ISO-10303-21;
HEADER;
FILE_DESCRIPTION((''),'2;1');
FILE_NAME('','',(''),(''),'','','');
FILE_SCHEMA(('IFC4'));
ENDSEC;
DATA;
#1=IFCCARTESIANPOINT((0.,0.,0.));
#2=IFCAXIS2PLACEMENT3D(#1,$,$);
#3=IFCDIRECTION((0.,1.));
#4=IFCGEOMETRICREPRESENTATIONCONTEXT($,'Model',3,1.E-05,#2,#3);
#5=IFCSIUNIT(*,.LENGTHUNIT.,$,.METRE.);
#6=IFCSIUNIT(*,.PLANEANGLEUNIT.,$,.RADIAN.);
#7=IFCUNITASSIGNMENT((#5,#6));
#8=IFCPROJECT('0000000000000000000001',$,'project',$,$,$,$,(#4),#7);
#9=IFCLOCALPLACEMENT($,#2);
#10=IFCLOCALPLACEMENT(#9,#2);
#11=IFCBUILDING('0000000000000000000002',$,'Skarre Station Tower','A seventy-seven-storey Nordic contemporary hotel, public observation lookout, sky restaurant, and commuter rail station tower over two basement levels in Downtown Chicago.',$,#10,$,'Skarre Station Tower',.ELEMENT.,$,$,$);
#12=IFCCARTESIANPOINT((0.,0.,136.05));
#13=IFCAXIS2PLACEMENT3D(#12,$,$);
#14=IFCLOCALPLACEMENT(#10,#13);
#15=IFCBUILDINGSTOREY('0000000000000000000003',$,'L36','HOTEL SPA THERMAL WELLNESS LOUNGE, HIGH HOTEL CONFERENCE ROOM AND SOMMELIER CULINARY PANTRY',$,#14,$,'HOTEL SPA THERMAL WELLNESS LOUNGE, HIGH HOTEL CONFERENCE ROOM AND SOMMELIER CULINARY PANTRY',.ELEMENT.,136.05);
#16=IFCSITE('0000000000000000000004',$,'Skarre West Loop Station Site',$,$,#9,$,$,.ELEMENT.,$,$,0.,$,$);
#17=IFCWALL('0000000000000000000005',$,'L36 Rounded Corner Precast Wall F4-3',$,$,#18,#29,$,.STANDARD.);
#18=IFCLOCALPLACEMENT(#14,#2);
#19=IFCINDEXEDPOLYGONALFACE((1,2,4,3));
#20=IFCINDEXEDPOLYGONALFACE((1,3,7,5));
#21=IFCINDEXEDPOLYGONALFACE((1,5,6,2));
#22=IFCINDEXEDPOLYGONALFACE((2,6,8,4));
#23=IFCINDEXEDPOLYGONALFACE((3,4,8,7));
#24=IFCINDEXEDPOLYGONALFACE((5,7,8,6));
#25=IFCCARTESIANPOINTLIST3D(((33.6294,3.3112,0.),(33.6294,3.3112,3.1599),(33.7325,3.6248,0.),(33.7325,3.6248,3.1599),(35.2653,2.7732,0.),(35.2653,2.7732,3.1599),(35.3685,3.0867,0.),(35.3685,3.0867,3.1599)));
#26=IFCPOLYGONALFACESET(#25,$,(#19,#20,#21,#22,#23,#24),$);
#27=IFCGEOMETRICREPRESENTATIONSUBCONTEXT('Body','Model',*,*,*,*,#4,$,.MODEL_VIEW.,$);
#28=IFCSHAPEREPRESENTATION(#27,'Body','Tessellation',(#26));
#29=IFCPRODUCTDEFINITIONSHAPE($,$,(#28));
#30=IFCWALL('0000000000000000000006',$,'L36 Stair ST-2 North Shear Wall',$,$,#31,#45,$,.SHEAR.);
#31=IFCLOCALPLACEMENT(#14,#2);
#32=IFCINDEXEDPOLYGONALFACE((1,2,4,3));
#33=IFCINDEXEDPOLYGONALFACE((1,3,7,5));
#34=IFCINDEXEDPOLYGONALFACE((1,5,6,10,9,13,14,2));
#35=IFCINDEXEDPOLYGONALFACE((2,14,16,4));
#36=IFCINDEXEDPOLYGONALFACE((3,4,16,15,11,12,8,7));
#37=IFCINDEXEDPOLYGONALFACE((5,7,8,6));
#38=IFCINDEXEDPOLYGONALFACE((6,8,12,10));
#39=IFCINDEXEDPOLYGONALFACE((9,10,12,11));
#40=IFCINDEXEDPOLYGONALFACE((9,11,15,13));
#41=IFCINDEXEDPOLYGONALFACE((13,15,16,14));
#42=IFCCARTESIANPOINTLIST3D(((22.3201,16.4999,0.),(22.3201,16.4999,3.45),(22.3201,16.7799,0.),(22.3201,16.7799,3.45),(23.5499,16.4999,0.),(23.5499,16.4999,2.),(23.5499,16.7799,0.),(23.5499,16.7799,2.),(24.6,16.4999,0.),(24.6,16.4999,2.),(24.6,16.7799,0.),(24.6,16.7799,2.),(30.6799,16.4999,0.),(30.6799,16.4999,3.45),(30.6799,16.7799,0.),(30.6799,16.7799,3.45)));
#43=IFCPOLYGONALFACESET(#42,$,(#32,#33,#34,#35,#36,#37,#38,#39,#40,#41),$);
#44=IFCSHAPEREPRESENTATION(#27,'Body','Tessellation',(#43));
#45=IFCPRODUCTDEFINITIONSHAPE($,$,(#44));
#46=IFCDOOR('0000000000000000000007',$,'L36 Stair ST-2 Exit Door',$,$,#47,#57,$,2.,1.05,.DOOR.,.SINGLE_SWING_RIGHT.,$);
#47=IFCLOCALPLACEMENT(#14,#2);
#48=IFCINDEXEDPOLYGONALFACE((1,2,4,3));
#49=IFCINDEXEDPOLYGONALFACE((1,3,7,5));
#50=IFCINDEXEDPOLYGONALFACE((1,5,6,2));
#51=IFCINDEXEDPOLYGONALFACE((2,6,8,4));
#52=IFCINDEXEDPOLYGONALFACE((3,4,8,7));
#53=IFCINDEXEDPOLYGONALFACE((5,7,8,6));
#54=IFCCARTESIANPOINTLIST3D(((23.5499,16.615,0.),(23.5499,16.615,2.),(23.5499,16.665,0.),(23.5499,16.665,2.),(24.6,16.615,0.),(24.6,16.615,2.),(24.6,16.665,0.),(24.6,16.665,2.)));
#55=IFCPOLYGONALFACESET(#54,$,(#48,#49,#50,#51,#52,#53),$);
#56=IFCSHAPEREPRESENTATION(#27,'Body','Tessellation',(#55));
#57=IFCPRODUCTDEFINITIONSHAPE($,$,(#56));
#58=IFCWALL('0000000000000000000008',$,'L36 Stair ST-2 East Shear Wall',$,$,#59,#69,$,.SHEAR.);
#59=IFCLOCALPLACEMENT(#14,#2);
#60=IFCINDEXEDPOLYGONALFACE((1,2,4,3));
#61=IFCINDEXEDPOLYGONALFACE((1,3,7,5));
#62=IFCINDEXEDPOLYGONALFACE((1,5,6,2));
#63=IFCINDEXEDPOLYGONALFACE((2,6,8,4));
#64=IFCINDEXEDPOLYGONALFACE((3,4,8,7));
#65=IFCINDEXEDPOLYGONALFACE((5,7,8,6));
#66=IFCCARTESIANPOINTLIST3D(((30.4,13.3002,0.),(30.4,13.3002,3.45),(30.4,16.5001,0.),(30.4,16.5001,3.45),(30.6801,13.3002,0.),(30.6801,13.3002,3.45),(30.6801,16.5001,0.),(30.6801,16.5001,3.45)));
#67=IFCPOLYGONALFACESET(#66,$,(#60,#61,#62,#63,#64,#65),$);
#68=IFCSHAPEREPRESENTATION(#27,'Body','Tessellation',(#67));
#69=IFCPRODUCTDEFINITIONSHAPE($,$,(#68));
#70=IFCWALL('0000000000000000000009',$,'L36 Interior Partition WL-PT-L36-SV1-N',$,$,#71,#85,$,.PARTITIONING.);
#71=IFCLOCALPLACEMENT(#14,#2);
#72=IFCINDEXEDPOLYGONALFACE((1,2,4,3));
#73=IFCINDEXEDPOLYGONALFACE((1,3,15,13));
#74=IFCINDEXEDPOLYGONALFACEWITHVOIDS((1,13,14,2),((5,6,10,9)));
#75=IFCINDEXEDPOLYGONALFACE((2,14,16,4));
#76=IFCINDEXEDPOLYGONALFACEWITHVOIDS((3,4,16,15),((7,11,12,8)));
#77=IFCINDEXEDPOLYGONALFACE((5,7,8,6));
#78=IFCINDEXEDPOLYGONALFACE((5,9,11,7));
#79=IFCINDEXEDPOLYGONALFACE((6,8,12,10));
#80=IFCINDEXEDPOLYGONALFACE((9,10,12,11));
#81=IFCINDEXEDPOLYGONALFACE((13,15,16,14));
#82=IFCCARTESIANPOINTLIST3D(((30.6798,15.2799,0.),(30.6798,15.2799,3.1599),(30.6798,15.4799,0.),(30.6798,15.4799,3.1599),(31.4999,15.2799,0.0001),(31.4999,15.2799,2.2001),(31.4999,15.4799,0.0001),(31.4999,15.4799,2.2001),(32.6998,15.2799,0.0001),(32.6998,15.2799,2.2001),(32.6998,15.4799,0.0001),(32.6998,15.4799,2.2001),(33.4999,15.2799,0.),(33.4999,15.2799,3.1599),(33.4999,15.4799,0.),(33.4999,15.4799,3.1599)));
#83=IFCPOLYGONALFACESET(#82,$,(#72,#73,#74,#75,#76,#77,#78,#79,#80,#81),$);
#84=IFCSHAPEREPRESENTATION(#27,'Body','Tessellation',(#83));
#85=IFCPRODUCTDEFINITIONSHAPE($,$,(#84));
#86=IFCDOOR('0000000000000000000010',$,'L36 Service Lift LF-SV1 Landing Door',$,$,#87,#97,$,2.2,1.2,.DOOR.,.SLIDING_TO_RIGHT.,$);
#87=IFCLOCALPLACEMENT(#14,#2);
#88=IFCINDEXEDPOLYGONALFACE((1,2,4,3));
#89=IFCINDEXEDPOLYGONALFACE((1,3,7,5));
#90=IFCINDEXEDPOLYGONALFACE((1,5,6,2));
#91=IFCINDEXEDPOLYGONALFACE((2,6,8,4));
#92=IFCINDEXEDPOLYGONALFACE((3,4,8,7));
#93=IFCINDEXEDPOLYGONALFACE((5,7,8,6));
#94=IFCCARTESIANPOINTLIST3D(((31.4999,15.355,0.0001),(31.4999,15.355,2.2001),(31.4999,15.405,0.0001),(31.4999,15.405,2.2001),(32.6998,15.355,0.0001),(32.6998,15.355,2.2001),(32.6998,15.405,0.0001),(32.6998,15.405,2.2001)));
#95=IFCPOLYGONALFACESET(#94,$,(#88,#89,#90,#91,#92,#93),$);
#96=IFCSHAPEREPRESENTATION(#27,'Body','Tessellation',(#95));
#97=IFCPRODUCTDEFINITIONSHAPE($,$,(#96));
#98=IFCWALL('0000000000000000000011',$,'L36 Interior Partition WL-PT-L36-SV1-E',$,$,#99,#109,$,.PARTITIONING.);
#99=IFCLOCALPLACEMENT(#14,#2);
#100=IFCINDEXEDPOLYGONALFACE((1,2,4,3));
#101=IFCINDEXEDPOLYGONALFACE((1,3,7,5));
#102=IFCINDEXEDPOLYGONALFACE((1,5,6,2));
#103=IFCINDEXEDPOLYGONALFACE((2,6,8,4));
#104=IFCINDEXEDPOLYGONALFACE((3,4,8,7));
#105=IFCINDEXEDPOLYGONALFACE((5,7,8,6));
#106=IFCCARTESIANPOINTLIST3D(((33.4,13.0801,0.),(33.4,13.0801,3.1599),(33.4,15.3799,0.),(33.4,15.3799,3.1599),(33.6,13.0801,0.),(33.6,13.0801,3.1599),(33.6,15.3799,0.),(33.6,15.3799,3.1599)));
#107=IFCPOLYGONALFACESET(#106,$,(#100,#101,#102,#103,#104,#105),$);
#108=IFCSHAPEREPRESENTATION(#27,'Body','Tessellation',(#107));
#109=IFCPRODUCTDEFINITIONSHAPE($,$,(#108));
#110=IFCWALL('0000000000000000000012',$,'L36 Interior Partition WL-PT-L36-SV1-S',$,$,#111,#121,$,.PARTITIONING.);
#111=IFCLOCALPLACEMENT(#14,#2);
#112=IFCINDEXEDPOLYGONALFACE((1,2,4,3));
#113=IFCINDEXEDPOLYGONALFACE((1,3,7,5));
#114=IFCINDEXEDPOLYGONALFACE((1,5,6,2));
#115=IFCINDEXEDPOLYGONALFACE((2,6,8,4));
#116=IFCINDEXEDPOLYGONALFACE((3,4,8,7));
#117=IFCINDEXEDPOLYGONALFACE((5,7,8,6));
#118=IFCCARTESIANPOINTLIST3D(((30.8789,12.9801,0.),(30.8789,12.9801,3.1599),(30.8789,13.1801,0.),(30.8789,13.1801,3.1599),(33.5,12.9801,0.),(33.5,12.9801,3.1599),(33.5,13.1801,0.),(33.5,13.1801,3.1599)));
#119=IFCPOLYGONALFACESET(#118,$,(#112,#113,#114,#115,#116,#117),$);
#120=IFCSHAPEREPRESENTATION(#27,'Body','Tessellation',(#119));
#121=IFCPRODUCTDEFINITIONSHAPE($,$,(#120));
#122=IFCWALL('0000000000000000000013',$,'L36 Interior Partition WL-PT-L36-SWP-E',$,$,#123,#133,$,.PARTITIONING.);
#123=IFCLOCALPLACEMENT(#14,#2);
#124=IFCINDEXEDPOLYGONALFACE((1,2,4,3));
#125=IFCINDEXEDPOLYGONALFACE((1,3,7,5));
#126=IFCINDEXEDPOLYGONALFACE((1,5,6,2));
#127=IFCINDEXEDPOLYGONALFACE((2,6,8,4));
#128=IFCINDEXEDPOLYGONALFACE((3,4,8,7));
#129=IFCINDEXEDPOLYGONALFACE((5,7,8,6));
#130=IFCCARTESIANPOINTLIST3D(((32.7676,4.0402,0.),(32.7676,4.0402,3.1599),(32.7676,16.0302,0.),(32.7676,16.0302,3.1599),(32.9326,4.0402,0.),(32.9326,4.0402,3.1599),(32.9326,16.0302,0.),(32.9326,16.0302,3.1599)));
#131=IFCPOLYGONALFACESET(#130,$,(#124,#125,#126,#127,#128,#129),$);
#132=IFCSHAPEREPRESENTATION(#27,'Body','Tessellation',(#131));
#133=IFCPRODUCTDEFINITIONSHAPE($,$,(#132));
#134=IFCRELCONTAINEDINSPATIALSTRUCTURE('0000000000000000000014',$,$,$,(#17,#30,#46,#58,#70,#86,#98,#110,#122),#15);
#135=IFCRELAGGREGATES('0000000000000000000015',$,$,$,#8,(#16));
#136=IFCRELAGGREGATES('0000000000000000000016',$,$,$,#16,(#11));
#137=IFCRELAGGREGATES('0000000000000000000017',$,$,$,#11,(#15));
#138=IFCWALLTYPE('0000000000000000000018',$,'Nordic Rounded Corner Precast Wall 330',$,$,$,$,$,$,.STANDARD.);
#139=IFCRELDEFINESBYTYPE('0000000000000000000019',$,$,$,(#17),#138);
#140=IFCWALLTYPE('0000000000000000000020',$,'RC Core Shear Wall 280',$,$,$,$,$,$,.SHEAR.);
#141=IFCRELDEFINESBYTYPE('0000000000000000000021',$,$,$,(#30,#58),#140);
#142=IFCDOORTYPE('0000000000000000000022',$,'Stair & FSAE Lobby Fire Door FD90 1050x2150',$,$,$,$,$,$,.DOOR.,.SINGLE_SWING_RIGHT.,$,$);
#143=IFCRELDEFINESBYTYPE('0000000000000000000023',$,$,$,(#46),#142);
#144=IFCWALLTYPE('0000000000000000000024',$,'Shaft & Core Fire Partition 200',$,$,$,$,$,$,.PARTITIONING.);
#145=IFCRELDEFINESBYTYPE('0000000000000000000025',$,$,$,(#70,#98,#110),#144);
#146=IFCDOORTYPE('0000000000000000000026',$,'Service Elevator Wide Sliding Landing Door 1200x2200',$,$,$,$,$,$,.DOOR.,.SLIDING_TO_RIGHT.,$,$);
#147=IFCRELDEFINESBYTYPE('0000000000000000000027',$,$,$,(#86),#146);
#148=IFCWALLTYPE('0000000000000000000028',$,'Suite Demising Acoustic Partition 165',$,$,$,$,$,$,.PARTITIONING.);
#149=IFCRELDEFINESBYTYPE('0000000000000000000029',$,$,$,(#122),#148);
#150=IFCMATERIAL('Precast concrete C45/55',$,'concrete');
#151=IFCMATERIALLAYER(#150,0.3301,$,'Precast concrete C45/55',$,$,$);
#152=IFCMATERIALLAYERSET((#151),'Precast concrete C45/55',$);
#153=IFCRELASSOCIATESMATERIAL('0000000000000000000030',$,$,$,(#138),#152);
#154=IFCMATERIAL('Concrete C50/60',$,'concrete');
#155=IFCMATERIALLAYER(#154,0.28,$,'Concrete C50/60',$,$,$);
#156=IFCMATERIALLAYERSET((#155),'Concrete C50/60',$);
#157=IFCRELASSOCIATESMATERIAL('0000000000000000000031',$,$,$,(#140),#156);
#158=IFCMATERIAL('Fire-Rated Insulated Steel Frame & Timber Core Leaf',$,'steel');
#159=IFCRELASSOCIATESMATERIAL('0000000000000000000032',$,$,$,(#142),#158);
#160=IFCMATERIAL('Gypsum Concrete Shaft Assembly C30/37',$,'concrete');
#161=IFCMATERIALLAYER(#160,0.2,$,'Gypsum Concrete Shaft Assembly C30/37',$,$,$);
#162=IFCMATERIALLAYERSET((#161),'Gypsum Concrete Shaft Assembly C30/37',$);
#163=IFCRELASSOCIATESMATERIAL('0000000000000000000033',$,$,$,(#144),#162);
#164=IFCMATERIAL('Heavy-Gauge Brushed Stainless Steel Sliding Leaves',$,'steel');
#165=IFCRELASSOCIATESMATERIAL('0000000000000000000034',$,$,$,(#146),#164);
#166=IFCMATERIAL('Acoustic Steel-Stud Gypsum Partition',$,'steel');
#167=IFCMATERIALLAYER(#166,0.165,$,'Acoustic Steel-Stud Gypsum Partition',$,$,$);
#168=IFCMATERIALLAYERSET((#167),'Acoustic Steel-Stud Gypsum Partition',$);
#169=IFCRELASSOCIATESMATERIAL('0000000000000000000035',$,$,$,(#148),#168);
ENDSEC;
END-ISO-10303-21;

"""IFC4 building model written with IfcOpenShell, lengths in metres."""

from ifc_helpers import new_model, si_unit, direction, frame, frame_2d, origin, place, context, subcontext, project, spatial, rectangle, extrude, material, layer, layer_set, type_object, element, fill, save


model = new_model("IFC4")

# Units and contexts
model_context = context("Model", 3, precision=1e-05, world=origin(), true_north=direction((0.0, 1.0)))
body_context = subcontext(model_context, "Body", "Model", "MODEL_VIEW")
ifc_project = project(units=[si_unit("LENGTHUNIT", "METRE"), si_unit("PLANEANGLEUNIT", "RADIAN")], contexts=[model_context])

# Site, building, storey
site_placement = place(None, origin())
site = spatial("IfcSite", under=ifc_project, at=site_placement, Name="Skarre West Loop Station Site", CompositionType="ELEMENT", RefElevation=0.0)
building_placement = place(site_placement, origin())
building = spatial("IfcBuilding", under=site, at=building_placement, Name="Skarre Station Tower", Description="A seventy-seven-storey Nordic contemporary hotel, public observation lookout, sky restaurant, and commuter rail station tower over two basement levels in Downtown Chicago.", LongName="Skarre Station Tower", CompositionType="ELEMENT")
storey_placement = place(building_placement, frame((0.0, 0.0, 136.05)))
storey = spatial("IfcBuildingStorey", under=building, at=storey_placement, Name="L36", Description="HOTEL SPA THERMAL WELLNESS LOUNGE, HIGH HOTEL CONFERENCE ROOM AND SOMMELIER CULINARY PANTRY", LongName="HOTEL SPA THERMAL WELLNESS LOUNGE, HIGH HOTEL CONFERENCE ROOM AND SOMMELIER CULINARY PANTRY", CompositionType="ELEMENT", Elevation=136.05)

# Shared definitions
ifc_material_1 = material(Name="Acoustic Steel-Stud Gypsum Partition", Category="steel")

# Shared definitions
ifc_material_2 = material(Name="Precast concrete C45/55", Category="concrete")

# Wall
ifc_layer_1 = layer(ifc_material_2, 0.3301, Name="Precast concrete C45/55")
ifc_layer_set_1 = layer_set([ifc_layer_1], Name="Precast concrete C45/55")
wall_type_1 = type_object("IfcWallType", Name="Nordic Rounded Corner Precast Wall 330", PredefinedType="STANDARD", material=ifc_layer_set_1)
for number, where, z_axis, x_axis, name in (
    (1, (35.3169, 2.9299, 0.0), (0.0, 0.0, 1.0), (-0.949937, 0.31244, 0.0), "L36 Rounded Corner Precast Wall F4-3"),
):
    element("IfcWall", number, at=place(storey_placement, frame(where, z_axis=z_axis, x_axis=x_axis)), inside=storey, type_object=wall_type_1, Name=name, PredefinedType="STANDARD", context=body_context, shape_type="SweptSolid", body=[
        extrude(rectangle(XDim=1.7222, YDim=0.3301, at=frame_2d((0.8611, 0.0))), origin(), (0.0, 0.0, 1.0), 3.1599),
    ])

# Wall, opening, door
ifc_material_3 = material(Name="Concrete C50/60", Category="concrete")
ifc_layer_2 = layer(ifc_material_3, 0.28, Name="Concrete C50/60")
ifc_layer_set_2 = layer_set([ifc_layer_2], Name="Concrete C50/60")
wall_type_2 = type_object("IfcWallType", Name="RC Core Shear Wall 280", PredefinedType="SHEAR", material=ifc_layer_set_2)
wall_1_placement = place(storey_placement, frame((30.6799, 16.6399, 0.0), z_axis=(0.0, 0.0, 1.0), x_axis=(-1.0, 0.0, 0.0)))
wall_1 = element("IfcWall", 2, at=wall_1_placement, inside=storey, type_object=wall_type_2, Name="L36 Stair ST-2 North Shear Wall", PredefinedType="SHEAR", context=body_context, shape_type="SweptSolid", body=[
    extrude(rectangle(XDim=8.3599, YDim=0.28, at=frame_2d((4.1799, 0.0))), origin(), (0.0, 0.0, 1.0), 3.45),
])
opening_1_placement = place(wall_1_placement, frame((6.0801, 0.0, 0.0)))
opening_1 = element("IfcOpeningElement", 3, at=opening_1_placement, cuts=wall_1, PredefinedType="OPENING", context=body_context, shape_type="SweptSolid", body=[
    extrude(rectangle(XDim=1.05, YDim=2.0, at=frame_2d((0.5249, 1.0))), frame((0.0, 0.1499, 0.0), z_axis=(0.0, -1.0, 0.0), x_axis=(1.0, 0.0, 0.0)), (0.0, 0.0, 1.0), 0.3),
])
ifc_material_4 = material(Name="Fire-Rated Insulated Steel Frame & Timber Core Leaf", Category="steel")
door_type_1 = type_object("IfcDoorType", Name="Stair & FSAE Lobby Fire Door FD90 1050x2150", OperationType="SINGLE_SWING_RIGHT", PredefinedType="DOOR", material=ifc_material_4)
door_1_placement = place(opening_1_placement, origin())
door_1 = element("IfcDoor", 4, at=door_1_placement, inside=storey, type_object=door_type_1, Name="L36 Stair ST-2 Exit Door", OperationType="SINGLE_SWING_RIGHT", OverallHeight=2.0, OverallWidth=1.05, PredefinedType="DOOR", context=body_context, shape_type="SweptSolid", body=[
    extrude(rectangle(XDim=1.05, YDim=2.0, at=frame_2d((0.5249, 1.0))), frame((0.0, 0.0249, 0.0), z_axis=(0.0, -1.0, 0.0), x_axis=(1.0, 0.0, 0.0)), (0.0, 0.0, 1.0), 0.05),
])
fill(opening_1, door_1)

# Wall
wall_2_placement = place(storey_placement, frame((30.54, 13.3, 0.0), z_axis=(0.0, 0.0, 1.0), x_axis=(0.0, 1.0, 0.0)))
element("IfcWall", 5, at=wall_2_placement, inside=storey, type_object=wall_type_2, Name="L36 Stair ST-2 East Shear Wall", PredefinedType="SHEAR", context=body_context, shape_type="SweptSolid", body=[
    extrude(rectangle(XDim=3.2, YDim=0.28, at=frame_2d((1.6001, 0.0))), origin(), (0.0, 0.0, 1.0), 3.45),
])

# Wall, opening, door
ifc_material_5 = material(Name="Gypsum Concrete Shaft Assembly C30/37", Category="concrete")
ifc_layer_3 = layer(ifc_material_5, 0.2, Name="Gypsum Concrete Shaft Assembly C30/37")
ifc_layer_set_3 = layer_set([ifc_layer_3], Name="Gypsum Concrete Shaft Assembly C30/37")
wall_type_3 = type_object("IfcWallType", Name="Shaft & Core Fire Partition 200", PredefinedType="PARTITIONING", material=ifc_layer_set_3)
wall_3_placement = place(storey_placement, frame((33.5, 15.3799, 0.0), z_axis=(0.0, 0.0, 1.0), x_axis=(-1.0, 0.0, 0.0)))
wall_3 = element("IfcWall", 6, at=wall_3_placement, inside=storey, type_object=wall_type_3, Name="L36 Interior Partition WL-PT-L36-SV1-N", PredefinedType="PARTITIONING", context=body_context, shape_type="SweptSolid", body=[
    extrude(rectangle(XDim=2.8201, YDim=0.2, at=frame_2d((1.4102, 0.0))), origin(), (0.0, 0.0, 1.0), 3.1599),
])
opening_2_placement = place(wall_3_placement, frame((0.8, 0.0, 0.0)))
opening_2 = element("IfcOpeningElement", 7, at=opening_2_placement, cuts=wall_3, PredefinedType="OPENING", context=body_context, shape_type="SweptSolid", body=[
    extrude(rectangle(XDim=1.2, YDim=2.2, at=frame_2d((0.6001, 1.1001))), frame((0.0, 0.1099, 0.0), z_axis=(0.0, -1.0, 0.0), x_axis=(1.0, 0.0, 0.0)), (0.0, 0.0, 1.0), 0.22),
])
ifc_material_6 = material(Name="Heavy-Gauge Brushed Stainless Steel Sliding Leaves", Category="steel")
door_type_2 = type_object("IfcDoorType", Name="Service Elevator Wide Sliding Landing Door 1200x2200", OperationType="SLIDING_TO_RIGHT", PredefinedType="DOOR", material=ifc_material_6)
door_2_placement = place(opening_2_placement, origin())
door_2 = element("IfcDoor", 8, at=door_2_placement, inside=storey, type_object=door_type_2, Name="L36 Service Lift LF-SV1 Landing Door", OperationType="SLIDING_TO_RIGHT", OverallHeight=2.2, OverallWidth=1.2, PredefinedType="DOOR", context=body_context, shape_type="SweptSolid", body=[
    extrude(rectangle(XDim=1.2, YDim=2.2, at=frame_2d((0.6001, 1.1001))), frame((0.0, 0.0249, 0.0), z_axis=(0.0, -1.0, 0.0), x_axis=(1.0, 0.0, 0.0)), (0.0, 0.0, 1.0), 0.05),
])
fill(opening_2, door_2)

# Walls
wall_4_placement = place(storey_placement, frame((33.5, 13.0801, 0.0), z_axis=(0.0, 0.0, 1.0), x_axis=(0.0, 1.0, 0.0)))
element("IfcWall", 9, at=wall_4_placement, inside=storey, type_object=wall_type_3, Name="L36 Interior Partition WL-PT-L36-SV1-E", PredefinedType="PARTITIONING", context=body_context, shape_type="SweptSolid", body=[
    extrude(rectangle(XDim=2.2998, YDim=0.2, at=frame_2d((1.1499, 0.0))), origin(), (0.0, 0.0, 1.0), 3.1599),
])
wall_5_placement = place(storey_placement, frame((30.8789, 13.0801, 0.0), z_axis=(0.0, 0.0, 1.0), x_axis=(1.0, 0.0, 0.0)))
element("IfcWall", 10, at=wall_5_placement, inside=storey, type_object=wall_type_3, Name="L36 Interior Partition WL-PT-L36-SV1-S", PredefinedType="PARTITIONING", context=body_context, shape_type="SweptSolid", body=[
    extrude(rectangle(XDim=2.6211, YDim=0.2, at=frame_2d((1.3105, 0.0))), origin(), (0.0, 0.0, 1.0), 3.1599),
])
ifc_layer_4 = layer(ifc_material_1, 0.165, Name="Acoustic Steel-Stud Gypsum Partition")
ifc_layer_set_4 = layer_set([ifc_layer_4], Name="Acoustic Steel-Stud Gypsum Partition")
wall_type_4 = type_object("IfcWallType", Name="Suite Demising Acoustic Partition 165", PredefinedType="PARTITIONING", material=ifc_layer_set_4)
wall_6_placement = place(storey_placement, frame((32.8501, 4.04, 0.0), z_axis=(0.0, 0.0, 1.0), x_axis=(0.0, 1.0, 0.0)))
element("IfcWall", 11, at=wall_6_placement, inside=storey, type_object=wall_type_4, Name="L36 Interior Partition WL-PT-L36-SWP-E", PredefinedType="PARTITIONING", context=body_context, shape_type="SweptSolid", body=[
    extrude(rectangle(XDim=11.99, YDim=0.165, at=frame_2d((5.9951, 0.0))), origin(), (0.0, 0.0, 1.0), 3.1599),
])

save(model, "model.ifc")
